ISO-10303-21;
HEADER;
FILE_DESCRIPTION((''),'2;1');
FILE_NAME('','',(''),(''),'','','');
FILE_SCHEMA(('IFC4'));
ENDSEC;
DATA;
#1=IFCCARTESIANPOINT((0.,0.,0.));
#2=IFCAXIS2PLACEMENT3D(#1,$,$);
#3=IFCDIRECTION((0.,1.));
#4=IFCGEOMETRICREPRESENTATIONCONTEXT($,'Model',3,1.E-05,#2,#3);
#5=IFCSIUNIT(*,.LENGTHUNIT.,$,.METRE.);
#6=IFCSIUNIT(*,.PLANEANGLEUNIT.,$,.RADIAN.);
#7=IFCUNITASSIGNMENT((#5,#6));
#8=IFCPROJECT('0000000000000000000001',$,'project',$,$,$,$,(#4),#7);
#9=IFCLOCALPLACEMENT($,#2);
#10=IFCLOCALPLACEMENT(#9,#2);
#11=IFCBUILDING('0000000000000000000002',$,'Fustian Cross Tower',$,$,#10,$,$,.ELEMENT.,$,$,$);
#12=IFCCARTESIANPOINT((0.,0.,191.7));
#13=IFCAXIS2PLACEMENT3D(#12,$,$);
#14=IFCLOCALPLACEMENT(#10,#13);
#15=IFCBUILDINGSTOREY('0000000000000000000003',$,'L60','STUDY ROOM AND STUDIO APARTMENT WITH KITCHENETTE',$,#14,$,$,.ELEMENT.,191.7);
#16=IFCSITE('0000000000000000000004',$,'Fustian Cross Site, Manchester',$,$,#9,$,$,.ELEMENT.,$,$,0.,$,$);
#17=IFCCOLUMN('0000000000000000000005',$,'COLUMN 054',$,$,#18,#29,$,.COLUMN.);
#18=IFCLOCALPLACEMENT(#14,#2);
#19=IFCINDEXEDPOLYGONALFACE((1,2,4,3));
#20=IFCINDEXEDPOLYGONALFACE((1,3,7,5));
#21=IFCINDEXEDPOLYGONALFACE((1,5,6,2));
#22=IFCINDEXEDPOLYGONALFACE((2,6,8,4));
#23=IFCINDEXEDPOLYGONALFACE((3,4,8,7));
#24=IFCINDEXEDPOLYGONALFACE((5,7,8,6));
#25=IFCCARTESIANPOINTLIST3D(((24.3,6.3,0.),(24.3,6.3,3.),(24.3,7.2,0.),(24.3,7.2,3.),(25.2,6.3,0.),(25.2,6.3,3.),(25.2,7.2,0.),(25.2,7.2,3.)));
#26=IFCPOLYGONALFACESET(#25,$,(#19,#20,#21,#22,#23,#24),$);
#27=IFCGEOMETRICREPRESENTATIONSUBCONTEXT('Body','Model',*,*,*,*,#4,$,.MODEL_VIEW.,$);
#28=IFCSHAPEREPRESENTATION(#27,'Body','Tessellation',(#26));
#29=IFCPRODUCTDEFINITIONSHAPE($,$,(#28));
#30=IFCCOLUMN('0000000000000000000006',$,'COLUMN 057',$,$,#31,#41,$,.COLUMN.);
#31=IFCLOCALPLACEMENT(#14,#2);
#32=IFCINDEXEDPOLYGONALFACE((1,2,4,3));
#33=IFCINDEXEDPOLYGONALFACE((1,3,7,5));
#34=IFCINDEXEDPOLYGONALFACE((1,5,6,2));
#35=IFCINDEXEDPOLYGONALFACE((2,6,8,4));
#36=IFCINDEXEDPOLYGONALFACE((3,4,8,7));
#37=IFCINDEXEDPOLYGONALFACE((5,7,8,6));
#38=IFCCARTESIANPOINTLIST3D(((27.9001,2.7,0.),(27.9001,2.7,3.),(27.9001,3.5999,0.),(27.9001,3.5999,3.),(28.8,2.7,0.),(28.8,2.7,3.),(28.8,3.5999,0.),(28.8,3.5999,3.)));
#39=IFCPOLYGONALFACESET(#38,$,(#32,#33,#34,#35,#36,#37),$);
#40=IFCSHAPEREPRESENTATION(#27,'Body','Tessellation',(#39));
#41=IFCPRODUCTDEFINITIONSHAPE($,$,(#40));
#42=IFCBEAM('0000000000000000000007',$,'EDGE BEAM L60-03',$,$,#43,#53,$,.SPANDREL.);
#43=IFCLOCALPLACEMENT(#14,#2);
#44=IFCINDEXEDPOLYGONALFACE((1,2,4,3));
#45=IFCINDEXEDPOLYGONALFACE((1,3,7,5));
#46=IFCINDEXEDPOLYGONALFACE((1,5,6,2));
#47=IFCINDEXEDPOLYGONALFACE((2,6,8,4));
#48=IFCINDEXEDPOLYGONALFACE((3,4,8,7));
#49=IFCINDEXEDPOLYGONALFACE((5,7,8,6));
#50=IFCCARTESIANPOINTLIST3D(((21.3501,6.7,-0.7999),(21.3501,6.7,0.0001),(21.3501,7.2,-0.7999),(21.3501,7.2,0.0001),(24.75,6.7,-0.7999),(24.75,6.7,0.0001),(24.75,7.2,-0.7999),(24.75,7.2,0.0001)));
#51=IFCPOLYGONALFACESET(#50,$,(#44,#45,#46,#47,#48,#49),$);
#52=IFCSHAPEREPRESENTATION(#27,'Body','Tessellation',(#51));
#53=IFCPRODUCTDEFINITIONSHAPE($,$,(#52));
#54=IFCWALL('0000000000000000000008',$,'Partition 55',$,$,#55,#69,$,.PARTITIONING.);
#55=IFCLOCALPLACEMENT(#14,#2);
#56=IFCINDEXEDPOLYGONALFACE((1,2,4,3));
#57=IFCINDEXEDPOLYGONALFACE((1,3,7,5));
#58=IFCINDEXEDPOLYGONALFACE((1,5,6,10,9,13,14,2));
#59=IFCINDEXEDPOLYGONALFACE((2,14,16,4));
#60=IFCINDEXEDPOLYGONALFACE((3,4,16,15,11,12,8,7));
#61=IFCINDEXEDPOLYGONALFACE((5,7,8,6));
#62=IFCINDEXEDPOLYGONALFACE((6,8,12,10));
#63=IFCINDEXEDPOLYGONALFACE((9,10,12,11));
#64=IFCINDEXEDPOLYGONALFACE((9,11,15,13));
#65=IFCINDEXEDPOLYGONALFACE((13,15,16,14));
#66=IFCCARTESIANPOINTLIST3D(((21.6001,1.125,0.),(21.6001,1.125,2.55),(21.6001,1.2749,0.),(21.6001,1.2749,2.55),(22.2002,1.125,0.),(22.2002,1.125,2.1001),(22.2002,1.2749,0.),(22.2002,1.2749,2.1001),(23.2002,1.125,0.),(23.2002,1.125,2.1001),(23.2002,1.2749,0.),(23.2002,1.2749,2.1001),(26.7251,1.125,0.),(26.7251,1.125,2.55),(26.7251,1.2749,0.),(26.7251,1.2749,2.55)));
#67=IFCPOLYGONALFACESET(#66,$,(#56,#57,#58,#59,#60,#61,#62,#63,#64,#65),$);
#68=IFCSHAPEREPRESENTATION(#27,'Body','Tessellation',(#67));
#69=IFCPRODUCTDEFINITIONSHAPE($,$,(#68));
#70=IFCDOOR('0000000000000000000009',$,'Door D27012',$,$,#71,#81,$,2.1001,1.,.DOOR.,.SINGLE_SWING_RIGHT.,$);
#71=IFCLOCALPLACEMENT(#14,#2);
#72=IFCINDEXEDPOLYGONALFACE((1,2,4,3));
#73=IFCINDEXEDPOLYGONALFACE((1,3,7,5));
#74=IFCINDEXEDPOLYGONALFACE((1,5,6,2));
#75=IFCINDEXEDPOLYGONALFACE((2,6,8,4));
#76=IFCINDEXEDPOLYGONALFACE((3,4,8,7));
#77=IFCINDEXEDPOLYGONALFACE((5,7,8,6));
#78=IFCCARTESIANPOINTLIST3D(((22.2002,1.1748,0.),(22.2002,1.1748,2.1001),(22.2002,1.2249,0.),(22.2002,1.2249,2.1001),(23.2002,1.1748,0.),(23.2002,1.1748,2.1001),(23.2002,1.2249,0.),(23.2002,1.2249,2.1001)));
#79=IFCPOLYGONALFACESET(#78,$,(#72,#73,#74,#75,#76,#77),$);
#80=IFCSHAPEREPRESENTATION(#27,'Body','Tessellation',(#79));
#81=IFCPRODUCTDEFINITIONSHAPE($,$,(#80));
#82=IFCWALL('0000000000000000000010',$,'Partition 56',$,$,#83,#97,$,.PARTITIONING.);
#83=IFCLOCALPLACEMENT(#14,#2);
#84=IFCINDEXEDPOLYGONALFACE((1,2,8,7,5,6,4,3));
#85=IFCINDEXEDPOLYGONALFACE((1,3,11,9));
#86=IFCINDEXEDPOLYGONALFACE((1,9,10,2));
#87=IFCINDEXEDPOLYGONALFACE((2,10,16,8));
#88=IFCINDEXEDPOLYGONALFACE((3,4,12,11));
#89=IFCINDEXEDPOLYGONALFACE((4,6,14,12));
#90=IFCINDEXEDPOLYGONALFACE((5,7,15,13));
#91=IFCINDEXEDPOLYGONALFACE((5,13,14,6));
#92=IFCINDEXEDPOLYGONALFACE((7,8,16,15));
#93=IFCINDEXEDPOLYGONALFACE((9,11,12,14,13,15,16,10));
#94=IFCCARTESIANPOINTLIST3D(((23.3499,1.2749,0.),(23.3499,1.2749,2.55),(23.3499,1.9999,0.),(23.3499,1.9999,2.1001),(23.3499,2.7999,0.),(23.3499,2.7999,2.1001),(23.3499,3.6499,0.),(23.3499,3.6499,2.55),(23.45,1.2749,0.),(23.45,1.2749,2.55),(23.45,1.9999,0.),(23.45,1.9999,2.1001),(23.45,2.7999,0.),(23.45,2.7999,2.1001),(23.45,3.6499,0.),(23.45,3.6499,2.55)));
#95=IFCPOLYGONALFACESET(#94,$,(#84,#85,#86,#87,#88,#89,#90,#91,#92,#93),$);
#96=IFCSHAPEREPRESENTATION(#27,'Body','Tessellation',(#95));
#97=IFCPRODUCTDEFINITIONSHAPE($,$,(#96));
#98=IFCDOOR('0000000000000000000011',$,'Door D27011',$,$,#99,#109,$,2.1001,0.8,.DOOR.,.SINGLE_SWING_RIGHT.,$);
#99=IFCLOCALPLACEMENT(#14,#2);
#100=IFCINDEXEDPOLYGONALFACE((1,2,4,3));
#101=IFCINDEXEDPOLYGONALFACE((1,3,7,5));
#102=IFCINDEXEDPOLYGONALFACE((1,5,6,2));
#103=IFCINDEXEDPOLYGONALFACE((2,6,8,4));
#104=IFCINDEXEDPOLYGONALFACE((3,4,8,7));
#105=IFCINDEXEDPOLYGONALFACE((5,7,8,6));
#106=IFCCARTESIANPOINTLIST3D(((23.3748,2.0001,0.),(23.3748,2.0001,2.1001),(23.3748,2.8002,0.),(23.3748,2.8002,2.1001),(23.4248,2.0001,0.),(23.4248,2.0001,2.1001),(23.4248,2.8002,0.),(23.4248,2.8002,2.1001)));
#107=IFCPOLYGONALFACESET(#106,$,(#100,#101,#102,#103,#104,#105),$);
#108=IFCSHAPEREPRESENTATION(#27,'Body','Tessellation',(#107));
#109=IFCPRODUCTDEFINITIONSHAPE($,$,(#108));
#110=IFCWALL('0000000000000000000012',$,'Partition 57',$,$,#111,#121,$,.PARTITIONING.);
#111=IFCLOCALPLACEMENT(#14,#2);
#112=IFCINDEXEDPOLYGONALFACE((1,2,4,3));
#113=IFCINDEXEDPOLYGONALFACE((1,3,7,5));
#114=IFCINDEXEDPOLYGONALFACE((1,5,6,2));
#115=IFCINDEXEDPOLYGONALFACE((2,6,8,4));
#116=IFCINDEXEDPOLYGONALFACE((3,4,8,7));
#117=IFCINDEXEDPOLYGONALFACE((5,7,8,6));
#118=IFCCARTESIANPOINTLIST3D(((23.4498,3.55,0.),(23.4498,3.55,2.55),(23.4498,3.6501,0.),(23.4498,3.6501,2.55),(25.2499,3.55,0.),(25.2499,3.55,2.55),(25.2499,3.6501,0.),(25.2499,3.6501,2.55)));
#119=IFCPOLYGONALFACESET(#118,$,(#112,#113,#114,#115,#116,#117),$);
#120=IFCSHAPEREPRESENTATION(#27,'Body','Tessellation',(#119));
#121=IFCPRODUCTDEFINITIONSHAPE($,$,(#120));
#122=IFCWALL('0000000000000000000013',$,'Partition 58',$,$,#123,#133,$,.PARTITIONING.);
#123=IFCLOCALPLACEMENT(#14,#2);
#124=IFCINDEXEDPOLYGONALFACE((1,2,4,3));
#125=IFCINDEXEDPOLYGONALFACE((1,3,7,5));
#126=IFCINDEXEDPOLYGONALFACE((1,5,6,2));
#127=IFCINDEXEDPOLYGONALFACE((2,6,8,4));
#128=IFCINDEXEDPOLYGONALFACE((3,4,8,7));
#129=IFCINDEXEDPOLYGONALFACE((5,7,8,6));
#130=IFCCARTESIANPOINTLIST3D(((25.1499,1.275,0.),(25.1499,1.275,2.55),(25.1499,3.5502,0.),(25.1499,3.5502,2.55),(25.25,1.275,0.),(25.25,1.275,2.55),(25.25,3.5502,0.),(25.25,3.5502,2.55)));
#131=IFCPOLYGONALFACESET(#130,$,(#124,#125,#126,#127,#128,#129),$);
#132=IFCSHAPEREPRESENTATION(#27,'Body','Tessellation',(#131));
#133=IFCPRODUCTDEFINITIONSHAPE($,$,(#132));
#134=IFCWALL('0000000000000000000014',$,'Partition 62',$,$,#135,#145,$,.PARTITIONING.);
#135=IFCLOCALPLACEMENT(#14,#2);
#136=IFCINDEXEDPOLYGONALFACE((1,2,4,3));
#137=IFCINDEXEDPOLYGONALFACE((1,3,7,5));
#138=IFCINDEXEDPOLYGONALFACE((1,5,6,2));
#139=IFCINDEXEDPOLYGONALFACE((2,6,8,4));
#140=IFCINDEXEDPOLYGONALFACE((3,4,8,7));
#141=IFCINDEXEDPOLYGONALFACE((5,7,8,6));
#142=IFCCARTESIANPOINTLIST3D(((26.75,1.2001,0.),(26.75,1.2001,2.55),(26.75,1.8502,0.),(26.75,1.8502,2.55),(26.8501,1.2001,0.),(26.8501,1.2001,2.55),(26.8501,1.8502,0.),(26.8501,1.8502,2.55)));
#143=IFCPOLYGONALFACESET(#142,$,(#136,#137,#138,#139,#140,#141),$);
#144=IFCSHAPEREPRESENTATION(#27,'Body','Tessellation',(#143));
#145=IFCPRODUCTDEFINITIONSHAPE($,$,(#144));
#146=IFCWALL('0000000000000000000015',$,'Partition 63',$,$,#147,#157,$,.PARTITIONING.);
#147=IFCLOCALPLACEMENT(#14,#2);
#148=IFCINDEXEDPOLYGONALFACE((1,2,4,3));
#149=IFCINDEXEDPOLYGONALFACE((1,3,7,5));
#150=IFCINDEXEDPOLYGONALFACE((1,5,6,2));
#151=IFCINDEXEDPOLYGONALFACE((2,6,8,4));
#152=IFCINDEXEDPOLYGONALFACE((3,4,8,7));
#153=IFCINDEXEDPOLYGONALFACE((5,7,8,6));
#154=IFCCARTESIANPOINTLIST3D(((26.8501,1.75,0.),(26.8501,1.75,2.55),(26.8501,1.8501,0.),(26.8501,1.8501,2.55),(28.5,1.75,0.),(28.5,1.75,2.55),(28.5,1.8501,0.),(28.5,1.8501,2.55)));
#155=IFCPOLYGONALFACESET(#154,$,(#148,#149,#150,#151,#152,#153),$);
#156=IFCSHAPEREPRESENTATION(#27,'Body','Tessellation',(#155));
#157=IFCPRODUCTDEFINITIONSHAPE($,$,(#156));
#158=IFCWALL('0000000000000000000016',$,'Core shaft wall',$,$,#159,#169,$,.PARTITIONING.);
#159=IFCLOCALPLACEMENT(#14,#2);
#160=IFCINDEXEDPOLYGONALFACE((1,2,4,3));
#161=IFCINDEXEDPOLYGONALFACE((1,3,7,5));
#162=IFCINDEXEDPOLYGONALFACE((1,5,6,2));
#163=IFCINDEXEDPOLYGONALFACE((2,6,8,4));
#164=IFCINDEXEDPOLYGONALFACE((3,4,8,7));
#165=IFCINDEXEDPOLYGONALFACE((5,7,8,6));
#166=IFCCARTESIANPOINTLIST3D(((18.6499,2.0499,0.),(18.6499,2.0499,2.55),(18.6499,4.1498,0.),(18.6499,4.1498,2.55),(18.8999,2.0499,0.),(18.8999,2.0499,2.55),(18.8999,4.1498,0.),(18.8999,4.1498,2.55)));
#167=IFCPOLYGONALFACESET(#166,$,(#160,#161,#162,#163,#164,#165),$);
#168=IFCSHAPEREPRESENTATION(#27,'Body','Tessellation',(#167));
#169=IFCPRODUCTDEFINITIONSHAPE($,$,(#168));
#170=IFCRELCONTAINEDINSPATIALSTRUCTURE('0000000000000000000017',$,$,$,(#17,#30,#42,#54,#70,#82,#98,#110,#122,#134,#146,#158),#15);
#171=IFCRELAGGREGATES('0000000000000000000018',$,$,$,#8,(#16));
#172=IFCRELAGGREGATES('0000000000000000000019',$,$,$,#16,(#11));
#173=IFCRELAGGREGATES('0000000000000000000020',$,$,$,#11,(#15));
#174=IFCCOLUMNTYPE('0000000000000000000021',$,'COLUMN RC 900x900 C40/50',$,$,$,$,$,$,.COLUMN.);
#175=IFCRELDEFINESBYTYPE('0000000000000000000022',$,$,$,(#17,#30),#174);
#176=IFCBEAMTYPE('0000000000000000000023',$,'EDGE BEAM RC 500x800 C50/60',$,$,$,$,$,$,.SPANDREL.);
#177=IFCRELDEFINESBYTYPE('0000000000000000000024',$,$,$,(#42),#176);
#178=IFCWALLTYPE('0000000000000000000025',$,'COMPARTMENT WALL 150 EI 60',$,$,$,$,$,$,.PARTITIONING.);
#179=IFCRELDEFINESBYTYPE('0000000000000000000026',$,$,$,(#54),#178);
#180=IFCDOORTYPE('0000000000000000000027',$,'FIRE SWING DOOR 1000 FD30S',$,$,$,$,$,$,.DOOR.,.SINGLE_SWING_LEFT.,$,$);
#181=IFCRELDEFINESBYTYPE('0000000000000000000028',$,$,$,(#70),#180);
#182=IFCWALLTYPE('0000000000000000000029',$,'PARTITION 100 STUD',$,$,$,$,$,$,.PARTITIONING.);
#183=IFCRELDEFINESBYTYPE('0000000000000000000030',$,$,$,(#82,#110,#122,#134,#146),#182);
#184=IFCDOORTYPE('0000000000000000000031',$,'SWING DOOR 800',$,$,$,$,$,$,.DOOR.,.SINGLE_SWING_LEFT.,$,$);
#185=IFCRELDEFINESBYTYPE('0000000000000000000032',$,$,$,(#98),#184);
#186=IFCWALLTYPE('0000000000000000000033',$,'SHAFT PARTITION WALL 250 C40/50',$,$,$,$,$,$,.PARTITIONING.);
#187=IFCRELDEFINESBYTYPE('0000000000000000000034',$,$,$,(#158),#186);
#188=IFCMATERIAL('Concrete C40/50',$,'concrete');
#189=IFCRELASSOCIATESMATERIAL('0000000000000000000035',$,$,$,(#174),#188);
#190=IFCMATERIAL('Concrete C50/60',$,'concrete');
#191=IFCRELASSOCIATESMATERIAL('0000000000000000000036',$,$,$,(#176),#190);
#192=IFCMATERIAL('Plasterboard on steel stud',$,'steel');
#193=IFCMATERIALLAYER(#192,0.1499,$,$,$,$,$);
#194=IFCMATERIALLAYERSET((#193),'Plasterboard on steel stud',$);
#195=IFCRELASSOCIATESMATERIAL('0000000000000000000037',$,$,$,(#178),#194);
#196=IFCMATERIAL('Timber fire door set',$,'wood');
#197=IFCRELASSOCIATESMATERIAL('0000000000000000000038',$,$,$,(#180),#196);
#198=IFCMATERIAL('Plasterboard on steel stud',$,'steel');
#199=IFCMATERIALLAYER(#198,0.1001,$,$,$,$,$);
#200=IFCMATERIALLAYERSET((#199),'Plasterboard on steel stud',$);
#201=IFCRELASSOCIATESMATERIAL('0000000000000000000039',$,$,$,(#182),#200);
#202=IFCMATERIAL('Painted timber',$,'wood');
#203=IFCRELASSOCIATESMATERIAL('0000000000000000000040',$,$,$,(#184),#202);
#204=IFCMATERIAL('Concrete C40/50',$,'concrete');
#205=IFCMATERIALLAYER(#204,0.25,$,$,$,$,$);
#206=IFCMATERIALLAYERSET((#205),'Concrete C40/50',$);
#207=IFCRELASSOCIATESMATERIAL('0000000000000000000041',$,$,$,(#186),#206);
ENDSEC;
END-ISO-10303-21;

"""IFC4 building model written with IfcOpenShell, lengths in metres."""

from ifc_helpers import new_model, si_unit, direction, frame, frame_2d, origin, origin_2d, place, context, subcontext, project, spatial, rectangle, extrude, material, layer, layer_set, material_profile, profile_set, type_object, element, fill, save


model = new_model("IFC4")

# Units and contexts
model_context = context("Model", 3, precision=1e-05, world=origin(), true_north=direction((0.0, 1.0)))
body_context = subcontext(model_context, "Body", "Model", "MODEL_VIEW")
ifc_project = project(units=[si_unit("LENGTHUNIT", "METRE"), si_unit("PLANEANGLEUNIT", "RADIAN")], contexts=[model_context])

# Site, building, storey
site_placement = place(None, origin())
site = spatial("IfcSite", under=ifc_project, at=site_placement, Name="Fustian Cross Site, Manchester", CompositionType="ELEMENT", RefElevation=0.0)
building_placement = place(site_placement, origin())
building = spatial("IfcBuilding", under=site, at=building_placement, Name="Fustian Cross Tower", CompositionType="ELEMENT")
storey_placement = place(building_placement, frame((0.0, 0.0, 191.7)))
storey = spatial("IfcBuildingStorey", under=building, at=storey_placement, Name="L60", Description="STUDY ROOM AND STUDIO APARTMENT WITH KITCHENETTE", CompositionType="ELEMENT", Elevation=191.7)

# Columns
ifc_material_1 = material(Name="Concrete C40/50", Category="concrete")
ifc_material_profile_1 = material_profile(ifc_material_1, rectangle(XDim=0.8999, YDim=0.8999, at=origin_2d()), Name="RC 900x900")
ifc_profile_set_1 = profile_set([ifc_material_profile_1], Name="Concrete C40/50")
column_type = type_object("IfcColumnType", Name="COLUMN RC 900x900 C40/50", PredefinedType="COLUMN", material=ifc_profile_set_1)
for number, where, z_axis, x_axis, name in (
    (1, (24.75, 6.75, 0.0), (0.0, 0.0, 1.0), (1.0, 0.0, 0.0), "COLUMN 054"),
    (2, (28.3501, 3.1499, 0.0), (0.0, 0.0, 1.0), (1.0, 0.0, 0.0), "COLUMN 057"),
):
    element("IfcColumn", number, at=place(storey_placement, frame(where, z_axis=z_axis, x_axis=x_axis)), inside=storey, type_object=column_type, Name=name, PredefinedType="COLUMN", context=body_context, shape_type="SweptSolid", body=[
        extrude(rectangle(XDim=0.8999, YDim=0.8999, at=origin_2d()), origin(), (0.0, 0.0, 1.0), 3.0),
    ])

# Beam
ifc_material_2 = material(Name="Concrete C50/60", Category="concrete")
ifc_material_profile_2 = material_profile(ifc_material_2, rectangle(XDim=0.5, YDim=0.8, at=origin_2d()), Name="RC 500x800")
ifc_profile_set_2 = profile_set([ifc_material_profile_2], Name="Concrete C50/60")
beam_type = type_object("IfcBeamType", Name="EDGE BEAM RC 500x800 C50/60", PredefinedType="SPANDREL", material=ifc_profile_set_2)
beam_placement = place(storey_placement, frame((24.75, 6.95, -0.3999), z_axis=(-1.0, 0.0, 0.0), x_axis=(0.0, -1.0, 0.0)))
element("IfcBeam", 3, at=beam_placement, inside=storey, type_object=beam_type, Name="EDGE BEAM L60-03", PredefinedType="SPANDREL", context=body_context, shape_type="SweptSolid", body=[
    extrude(rectangle(XDim=0.5, YDim=0.8, at=origin_2d()), origin(), (0.0, 0.0, 1.0), 3.3999),
])

# Walls, openings, doors
ifc_material_3 = material(Name="Plasterboard on steel stud", Category="steel")
ifc_layer_1 = layer(ifc_material_3, 0.1499)
ifc_layer_set_1 = layer_set([ifc_layer_1], Name="Plasterboard on steel stud")
wall_type_1 = type_object("IfcWallType", Name="COMPARTMENT WALL 150 EI 60", PredefinedType="PARTITIONING", material=ifc_layer_set_1)
wall_1_placement = place(storey_placement, frame((21.6001, 1.2, 0.0), z_axis=(0.0, 0.0, 1.0), x_axis=(1.0, 0.0, 0.0)))
wall_1 = element("IfcWall", 4, at=wall_1_placement, inside=storey, type_object=wall_type_1, Name="Partition 55", PredefinedType="PARTITIONING", context=body_context, shape_type="SweptSolid", body=[
    extrude(rectangle(XDim=5.125, YDim=0.1499, at=frame_2d((2.5625, 0.0))), origin(), (0.0, 0.0, 1.0), 2.55),
])
opening_1_placement = place(wall_1_placement, frame((0.6001, 0.0, 0.0)))
opening_1 = element("IfcOpeningElement", 5, at=opening_1_placement, cuts=wall_1, PredefinedType="OPENING", context=body_context, shape_type="SweptSolid", body=[
    extrude(rectangle(XDim=1.0, YDim=2.1001, at=frame_2d((0.5, 1.05))), frame((0.0, 0.085, 0.0), z_axis=(0.0, -1.0, 0.0), x_axis=(1.0, 0.0, 0.0)), (0.0, 0.0, 1.0), 0.1699),
])
ifc_material_4 = material(Name="Timber fire door set", Category="wood")
door_type_1 = type_object("IfcDoorType", Name="FIRE SWING DOOR 1000 FD30S", OperationType="SINGLE_SWING_LEFT", PredefinedType="DOOR", material=ifc_material_4)
door_1_placement = place(opening_1_placement, origin())
door_1 = element("IfcDoor", 6, at=door_1_placement, inside=storey, type_object=door_type_1, Name="Door D27012", OperationType="SINGLE_SWING_RIGHT", OverallHeight=2.1001, OverallWidth=1.0, PredefinedType="DOOR", context=body_context, shape_type="SweptSolid", body=[
    extrude(rectangle(XDim=1.0, YDim=2.1001, at=frame_2d((0.5, 1.05))), frame((0.0, 0.0249, 0.0), z_axis=(0.0, -1.0, 0.0), x_axis=(1.0, 0.0, 0.0)), (0.0, 0.0, 1.0), 0.05),
])
fill(opening_1, door_1)
ifc_material_5 = material(Name="Plasterboard on steel stud", Category="steel")
ifc_layer_2 = layer(ifc_material_5, 0.1001)
ifc_layer_set_2 = layer_set([ifc_layer_2], Name="Plasterboard on steel stud")
wall_type_2 = type_object("IfcWallType", Name="PARTITION 100 STUD", PredefinedType="PARTITIONING", material=ifc_layer_set_2)
wall_2_placement = place(storey_placement, frame((23.3999, 1.2749, 0.0), z_axis=(0.0, 0.0, 1.0), x_axis=(0.0, 1.0, 0.0)))
wall_2 = element("IfcWall", 7, at=wall_2_placement, inside=storey, type_object=wall_type_2, Name="Partition 56", PredefinedType="PARTITIONING", context=body_context, shape_type="SweptSolid", body=[
    extrude(rectangle(XDim=2.375, YDim=0.1001, at=frame_2d((1.1875, 0.0))), origin(), (0.0, 0.0, 1.0), 2.55),
])
opening_2_placement = place(wall_2_placement, frame((0.7251, 0.0, 0.0)))
opening_2 = element("IfcOpeningElement", 8, at=opening_2_placement, cuts=wall_2, PredefinedType="OPENING", context=body_context, shape_type="SweptSolid", body=[
    extrude(rectangle(XDim=0.8, YDim=2.1001, at=frame_2d((0.3999, 1.05))), frame((0.0, 0.0601, 0.0), z_axis=(0.0, -1.0, 0.0), x_axis=(1.0, 0.0, 0.0)), (0.0, 0.0, 1.0), 0.1201),
])
ifc_material_6 = material(Name="Painted timber", Category="wood")
door_type_2 = type_object("IfcDoorType", Name="SWING DOOR 800", OperationType="SINGLE_SWING_LEFT", PredefinedType="DOOR", material=ifc_material_6)
door_2_placement = place(opening_2_placement, frame((0.8, 0.0, 0.0), z_axis=(0.0, 0.0, 1.0), x_axis=(-1.0, 0.0, 0.0)))
door_2 = element("IfcDoor", 9, at=door_2_placement, inside=storey, type_object=door_type_2, Name="Door D27011", OperationType="SINGLE_SWING_RIGHT", OverallHeight=2.1001, OverallWidth=0.8, PredefinedType="DOOR", context=body_context, shape_type="SweptSolid", body=[
    extrude(rectangle(XDim=0.8, YDim=2.1001, at=frame_2d((0.3999, 1.05))), frame((0.0, 0.0249, 0.0), z_axis=(0.0, -1.0, 0.0), x_axis=(1.0, 0.0, 0.0)), (0.0, 0.0, 1.0), 0.05),
])
fill(opening_2, door_2)

# Walls
wall_3_placement = place(storey_placement, frame((23.45, 3.6001, 0.0), z_axis=(0.0, 0.0, 1.0), x_axis=(1.0, 0.0, 0.0)))
element("IfcWall", 10, at=wall_3_placement, inside=storey, type_object=wall_type_2, Name="Partition 57", PredefinedType="PARTITIONING", context=body_context, shape_type="SweptSolid", body=[
    extrude(rectangle(XDim=1.8, YDim=0.1001, at=frame_2d((0.8999, 0.0))), origin(), (0.0, 0.0, 1.0), 2.55),
])
wall_4_placement = place(storey_placement, frame((25.2, 1.2749, 0.0), z_axis=(0.0, 0.0, 1.0), x_axis=(0.0, 1.0, 0.0)))
element("IfcWall", 11, at=wall_4_placement, inside=storey, type_object=wall_type_2, Name="Partition 58", PredefinedType="PARTITIONING", context=body_context, shape_type="SweptSolid", body=[
    extrude(rectangle(XDim=2.2751, YDim=0.1001, at=frame_2d((1.1377, 0.0))), origin(), (0.0, 0.0, 1.0), 2.55),
])
wall_5_placement = place(storey_placement, frame((26.8, 1.2, 0.0), z_axis=(0.0, 0.0, 1.0), x_axis=(0.0, 1.0, 0.0)))
element("IfcWall", 12, at=wall_5_placement, inside=storey, type_object=wall_type_2, Name="Partition 62", PredefinedType="PARTITIONING", context=body_context, shape_type="SweptSolid", body=[
    extrude(rectangle(XDim=0.6501, YDim=0.1001, at=frame_2d((0.3252, 0.0))), origin(), (0.0, 0.0, 1.0), 2.55),
])
wall_6_placement = place(storey_placement, frame((26.8501, 1.8, 0.0), z_axis=(0.0, 0.0, 1.0), x_axis=(1.0, 0.0, 0.0)))
element("IfcWall", 13, at=wall_6_placement, inside=storey, type_object=wall_type_2, Name="Partition 63", PredefinedType="PARTITIONING", context=body_context, shape_type="SweptSolid", body=[
    extrude(rectangle(XDim=1.6499, YDim=0.1001, at=frame_2d((0.825, 0.0))), origin(), (0.0, 0.0, 1.0), 2.55),
])
ifc_material_7 = material(Name="Concrete C40/50", Category="concrete")
ifc_layer_3 = layer(ifc_material_7, 0.25)
ifc_layer_set_3 = layer_set([ifc_layer_3], Name="Concrete C40/50")
wall_type_3 = type_object("IfcWallType", Name="SHAFT PARTITION WALL 250 C40/50", PredefinedType="PARTITIONING", material=ifc_layer_set_3)
wall_7_placement = place(storey_placement, frame((18.7749, 2.05, 0.0), z_axis=(0.0, 0.0, 1.0), x_axis=(0.0, 1.0, 0.0)))
element("IfcWall", 14, at=wall_7_placement, inside=storey, type_object=wall_type_3, Name="Core shaft wall", PredefinedType="PARTITIONING", context=body_context, shape_type="SweptSolid", body=[
    extrude(rectangle(XDim=2.0999, YDim=0.25, at=frame_2d((1.0498, 0.0))), origin(), (0.0, 0.0, 1.0), 2.55),
])

save(model, "model.ifc")
